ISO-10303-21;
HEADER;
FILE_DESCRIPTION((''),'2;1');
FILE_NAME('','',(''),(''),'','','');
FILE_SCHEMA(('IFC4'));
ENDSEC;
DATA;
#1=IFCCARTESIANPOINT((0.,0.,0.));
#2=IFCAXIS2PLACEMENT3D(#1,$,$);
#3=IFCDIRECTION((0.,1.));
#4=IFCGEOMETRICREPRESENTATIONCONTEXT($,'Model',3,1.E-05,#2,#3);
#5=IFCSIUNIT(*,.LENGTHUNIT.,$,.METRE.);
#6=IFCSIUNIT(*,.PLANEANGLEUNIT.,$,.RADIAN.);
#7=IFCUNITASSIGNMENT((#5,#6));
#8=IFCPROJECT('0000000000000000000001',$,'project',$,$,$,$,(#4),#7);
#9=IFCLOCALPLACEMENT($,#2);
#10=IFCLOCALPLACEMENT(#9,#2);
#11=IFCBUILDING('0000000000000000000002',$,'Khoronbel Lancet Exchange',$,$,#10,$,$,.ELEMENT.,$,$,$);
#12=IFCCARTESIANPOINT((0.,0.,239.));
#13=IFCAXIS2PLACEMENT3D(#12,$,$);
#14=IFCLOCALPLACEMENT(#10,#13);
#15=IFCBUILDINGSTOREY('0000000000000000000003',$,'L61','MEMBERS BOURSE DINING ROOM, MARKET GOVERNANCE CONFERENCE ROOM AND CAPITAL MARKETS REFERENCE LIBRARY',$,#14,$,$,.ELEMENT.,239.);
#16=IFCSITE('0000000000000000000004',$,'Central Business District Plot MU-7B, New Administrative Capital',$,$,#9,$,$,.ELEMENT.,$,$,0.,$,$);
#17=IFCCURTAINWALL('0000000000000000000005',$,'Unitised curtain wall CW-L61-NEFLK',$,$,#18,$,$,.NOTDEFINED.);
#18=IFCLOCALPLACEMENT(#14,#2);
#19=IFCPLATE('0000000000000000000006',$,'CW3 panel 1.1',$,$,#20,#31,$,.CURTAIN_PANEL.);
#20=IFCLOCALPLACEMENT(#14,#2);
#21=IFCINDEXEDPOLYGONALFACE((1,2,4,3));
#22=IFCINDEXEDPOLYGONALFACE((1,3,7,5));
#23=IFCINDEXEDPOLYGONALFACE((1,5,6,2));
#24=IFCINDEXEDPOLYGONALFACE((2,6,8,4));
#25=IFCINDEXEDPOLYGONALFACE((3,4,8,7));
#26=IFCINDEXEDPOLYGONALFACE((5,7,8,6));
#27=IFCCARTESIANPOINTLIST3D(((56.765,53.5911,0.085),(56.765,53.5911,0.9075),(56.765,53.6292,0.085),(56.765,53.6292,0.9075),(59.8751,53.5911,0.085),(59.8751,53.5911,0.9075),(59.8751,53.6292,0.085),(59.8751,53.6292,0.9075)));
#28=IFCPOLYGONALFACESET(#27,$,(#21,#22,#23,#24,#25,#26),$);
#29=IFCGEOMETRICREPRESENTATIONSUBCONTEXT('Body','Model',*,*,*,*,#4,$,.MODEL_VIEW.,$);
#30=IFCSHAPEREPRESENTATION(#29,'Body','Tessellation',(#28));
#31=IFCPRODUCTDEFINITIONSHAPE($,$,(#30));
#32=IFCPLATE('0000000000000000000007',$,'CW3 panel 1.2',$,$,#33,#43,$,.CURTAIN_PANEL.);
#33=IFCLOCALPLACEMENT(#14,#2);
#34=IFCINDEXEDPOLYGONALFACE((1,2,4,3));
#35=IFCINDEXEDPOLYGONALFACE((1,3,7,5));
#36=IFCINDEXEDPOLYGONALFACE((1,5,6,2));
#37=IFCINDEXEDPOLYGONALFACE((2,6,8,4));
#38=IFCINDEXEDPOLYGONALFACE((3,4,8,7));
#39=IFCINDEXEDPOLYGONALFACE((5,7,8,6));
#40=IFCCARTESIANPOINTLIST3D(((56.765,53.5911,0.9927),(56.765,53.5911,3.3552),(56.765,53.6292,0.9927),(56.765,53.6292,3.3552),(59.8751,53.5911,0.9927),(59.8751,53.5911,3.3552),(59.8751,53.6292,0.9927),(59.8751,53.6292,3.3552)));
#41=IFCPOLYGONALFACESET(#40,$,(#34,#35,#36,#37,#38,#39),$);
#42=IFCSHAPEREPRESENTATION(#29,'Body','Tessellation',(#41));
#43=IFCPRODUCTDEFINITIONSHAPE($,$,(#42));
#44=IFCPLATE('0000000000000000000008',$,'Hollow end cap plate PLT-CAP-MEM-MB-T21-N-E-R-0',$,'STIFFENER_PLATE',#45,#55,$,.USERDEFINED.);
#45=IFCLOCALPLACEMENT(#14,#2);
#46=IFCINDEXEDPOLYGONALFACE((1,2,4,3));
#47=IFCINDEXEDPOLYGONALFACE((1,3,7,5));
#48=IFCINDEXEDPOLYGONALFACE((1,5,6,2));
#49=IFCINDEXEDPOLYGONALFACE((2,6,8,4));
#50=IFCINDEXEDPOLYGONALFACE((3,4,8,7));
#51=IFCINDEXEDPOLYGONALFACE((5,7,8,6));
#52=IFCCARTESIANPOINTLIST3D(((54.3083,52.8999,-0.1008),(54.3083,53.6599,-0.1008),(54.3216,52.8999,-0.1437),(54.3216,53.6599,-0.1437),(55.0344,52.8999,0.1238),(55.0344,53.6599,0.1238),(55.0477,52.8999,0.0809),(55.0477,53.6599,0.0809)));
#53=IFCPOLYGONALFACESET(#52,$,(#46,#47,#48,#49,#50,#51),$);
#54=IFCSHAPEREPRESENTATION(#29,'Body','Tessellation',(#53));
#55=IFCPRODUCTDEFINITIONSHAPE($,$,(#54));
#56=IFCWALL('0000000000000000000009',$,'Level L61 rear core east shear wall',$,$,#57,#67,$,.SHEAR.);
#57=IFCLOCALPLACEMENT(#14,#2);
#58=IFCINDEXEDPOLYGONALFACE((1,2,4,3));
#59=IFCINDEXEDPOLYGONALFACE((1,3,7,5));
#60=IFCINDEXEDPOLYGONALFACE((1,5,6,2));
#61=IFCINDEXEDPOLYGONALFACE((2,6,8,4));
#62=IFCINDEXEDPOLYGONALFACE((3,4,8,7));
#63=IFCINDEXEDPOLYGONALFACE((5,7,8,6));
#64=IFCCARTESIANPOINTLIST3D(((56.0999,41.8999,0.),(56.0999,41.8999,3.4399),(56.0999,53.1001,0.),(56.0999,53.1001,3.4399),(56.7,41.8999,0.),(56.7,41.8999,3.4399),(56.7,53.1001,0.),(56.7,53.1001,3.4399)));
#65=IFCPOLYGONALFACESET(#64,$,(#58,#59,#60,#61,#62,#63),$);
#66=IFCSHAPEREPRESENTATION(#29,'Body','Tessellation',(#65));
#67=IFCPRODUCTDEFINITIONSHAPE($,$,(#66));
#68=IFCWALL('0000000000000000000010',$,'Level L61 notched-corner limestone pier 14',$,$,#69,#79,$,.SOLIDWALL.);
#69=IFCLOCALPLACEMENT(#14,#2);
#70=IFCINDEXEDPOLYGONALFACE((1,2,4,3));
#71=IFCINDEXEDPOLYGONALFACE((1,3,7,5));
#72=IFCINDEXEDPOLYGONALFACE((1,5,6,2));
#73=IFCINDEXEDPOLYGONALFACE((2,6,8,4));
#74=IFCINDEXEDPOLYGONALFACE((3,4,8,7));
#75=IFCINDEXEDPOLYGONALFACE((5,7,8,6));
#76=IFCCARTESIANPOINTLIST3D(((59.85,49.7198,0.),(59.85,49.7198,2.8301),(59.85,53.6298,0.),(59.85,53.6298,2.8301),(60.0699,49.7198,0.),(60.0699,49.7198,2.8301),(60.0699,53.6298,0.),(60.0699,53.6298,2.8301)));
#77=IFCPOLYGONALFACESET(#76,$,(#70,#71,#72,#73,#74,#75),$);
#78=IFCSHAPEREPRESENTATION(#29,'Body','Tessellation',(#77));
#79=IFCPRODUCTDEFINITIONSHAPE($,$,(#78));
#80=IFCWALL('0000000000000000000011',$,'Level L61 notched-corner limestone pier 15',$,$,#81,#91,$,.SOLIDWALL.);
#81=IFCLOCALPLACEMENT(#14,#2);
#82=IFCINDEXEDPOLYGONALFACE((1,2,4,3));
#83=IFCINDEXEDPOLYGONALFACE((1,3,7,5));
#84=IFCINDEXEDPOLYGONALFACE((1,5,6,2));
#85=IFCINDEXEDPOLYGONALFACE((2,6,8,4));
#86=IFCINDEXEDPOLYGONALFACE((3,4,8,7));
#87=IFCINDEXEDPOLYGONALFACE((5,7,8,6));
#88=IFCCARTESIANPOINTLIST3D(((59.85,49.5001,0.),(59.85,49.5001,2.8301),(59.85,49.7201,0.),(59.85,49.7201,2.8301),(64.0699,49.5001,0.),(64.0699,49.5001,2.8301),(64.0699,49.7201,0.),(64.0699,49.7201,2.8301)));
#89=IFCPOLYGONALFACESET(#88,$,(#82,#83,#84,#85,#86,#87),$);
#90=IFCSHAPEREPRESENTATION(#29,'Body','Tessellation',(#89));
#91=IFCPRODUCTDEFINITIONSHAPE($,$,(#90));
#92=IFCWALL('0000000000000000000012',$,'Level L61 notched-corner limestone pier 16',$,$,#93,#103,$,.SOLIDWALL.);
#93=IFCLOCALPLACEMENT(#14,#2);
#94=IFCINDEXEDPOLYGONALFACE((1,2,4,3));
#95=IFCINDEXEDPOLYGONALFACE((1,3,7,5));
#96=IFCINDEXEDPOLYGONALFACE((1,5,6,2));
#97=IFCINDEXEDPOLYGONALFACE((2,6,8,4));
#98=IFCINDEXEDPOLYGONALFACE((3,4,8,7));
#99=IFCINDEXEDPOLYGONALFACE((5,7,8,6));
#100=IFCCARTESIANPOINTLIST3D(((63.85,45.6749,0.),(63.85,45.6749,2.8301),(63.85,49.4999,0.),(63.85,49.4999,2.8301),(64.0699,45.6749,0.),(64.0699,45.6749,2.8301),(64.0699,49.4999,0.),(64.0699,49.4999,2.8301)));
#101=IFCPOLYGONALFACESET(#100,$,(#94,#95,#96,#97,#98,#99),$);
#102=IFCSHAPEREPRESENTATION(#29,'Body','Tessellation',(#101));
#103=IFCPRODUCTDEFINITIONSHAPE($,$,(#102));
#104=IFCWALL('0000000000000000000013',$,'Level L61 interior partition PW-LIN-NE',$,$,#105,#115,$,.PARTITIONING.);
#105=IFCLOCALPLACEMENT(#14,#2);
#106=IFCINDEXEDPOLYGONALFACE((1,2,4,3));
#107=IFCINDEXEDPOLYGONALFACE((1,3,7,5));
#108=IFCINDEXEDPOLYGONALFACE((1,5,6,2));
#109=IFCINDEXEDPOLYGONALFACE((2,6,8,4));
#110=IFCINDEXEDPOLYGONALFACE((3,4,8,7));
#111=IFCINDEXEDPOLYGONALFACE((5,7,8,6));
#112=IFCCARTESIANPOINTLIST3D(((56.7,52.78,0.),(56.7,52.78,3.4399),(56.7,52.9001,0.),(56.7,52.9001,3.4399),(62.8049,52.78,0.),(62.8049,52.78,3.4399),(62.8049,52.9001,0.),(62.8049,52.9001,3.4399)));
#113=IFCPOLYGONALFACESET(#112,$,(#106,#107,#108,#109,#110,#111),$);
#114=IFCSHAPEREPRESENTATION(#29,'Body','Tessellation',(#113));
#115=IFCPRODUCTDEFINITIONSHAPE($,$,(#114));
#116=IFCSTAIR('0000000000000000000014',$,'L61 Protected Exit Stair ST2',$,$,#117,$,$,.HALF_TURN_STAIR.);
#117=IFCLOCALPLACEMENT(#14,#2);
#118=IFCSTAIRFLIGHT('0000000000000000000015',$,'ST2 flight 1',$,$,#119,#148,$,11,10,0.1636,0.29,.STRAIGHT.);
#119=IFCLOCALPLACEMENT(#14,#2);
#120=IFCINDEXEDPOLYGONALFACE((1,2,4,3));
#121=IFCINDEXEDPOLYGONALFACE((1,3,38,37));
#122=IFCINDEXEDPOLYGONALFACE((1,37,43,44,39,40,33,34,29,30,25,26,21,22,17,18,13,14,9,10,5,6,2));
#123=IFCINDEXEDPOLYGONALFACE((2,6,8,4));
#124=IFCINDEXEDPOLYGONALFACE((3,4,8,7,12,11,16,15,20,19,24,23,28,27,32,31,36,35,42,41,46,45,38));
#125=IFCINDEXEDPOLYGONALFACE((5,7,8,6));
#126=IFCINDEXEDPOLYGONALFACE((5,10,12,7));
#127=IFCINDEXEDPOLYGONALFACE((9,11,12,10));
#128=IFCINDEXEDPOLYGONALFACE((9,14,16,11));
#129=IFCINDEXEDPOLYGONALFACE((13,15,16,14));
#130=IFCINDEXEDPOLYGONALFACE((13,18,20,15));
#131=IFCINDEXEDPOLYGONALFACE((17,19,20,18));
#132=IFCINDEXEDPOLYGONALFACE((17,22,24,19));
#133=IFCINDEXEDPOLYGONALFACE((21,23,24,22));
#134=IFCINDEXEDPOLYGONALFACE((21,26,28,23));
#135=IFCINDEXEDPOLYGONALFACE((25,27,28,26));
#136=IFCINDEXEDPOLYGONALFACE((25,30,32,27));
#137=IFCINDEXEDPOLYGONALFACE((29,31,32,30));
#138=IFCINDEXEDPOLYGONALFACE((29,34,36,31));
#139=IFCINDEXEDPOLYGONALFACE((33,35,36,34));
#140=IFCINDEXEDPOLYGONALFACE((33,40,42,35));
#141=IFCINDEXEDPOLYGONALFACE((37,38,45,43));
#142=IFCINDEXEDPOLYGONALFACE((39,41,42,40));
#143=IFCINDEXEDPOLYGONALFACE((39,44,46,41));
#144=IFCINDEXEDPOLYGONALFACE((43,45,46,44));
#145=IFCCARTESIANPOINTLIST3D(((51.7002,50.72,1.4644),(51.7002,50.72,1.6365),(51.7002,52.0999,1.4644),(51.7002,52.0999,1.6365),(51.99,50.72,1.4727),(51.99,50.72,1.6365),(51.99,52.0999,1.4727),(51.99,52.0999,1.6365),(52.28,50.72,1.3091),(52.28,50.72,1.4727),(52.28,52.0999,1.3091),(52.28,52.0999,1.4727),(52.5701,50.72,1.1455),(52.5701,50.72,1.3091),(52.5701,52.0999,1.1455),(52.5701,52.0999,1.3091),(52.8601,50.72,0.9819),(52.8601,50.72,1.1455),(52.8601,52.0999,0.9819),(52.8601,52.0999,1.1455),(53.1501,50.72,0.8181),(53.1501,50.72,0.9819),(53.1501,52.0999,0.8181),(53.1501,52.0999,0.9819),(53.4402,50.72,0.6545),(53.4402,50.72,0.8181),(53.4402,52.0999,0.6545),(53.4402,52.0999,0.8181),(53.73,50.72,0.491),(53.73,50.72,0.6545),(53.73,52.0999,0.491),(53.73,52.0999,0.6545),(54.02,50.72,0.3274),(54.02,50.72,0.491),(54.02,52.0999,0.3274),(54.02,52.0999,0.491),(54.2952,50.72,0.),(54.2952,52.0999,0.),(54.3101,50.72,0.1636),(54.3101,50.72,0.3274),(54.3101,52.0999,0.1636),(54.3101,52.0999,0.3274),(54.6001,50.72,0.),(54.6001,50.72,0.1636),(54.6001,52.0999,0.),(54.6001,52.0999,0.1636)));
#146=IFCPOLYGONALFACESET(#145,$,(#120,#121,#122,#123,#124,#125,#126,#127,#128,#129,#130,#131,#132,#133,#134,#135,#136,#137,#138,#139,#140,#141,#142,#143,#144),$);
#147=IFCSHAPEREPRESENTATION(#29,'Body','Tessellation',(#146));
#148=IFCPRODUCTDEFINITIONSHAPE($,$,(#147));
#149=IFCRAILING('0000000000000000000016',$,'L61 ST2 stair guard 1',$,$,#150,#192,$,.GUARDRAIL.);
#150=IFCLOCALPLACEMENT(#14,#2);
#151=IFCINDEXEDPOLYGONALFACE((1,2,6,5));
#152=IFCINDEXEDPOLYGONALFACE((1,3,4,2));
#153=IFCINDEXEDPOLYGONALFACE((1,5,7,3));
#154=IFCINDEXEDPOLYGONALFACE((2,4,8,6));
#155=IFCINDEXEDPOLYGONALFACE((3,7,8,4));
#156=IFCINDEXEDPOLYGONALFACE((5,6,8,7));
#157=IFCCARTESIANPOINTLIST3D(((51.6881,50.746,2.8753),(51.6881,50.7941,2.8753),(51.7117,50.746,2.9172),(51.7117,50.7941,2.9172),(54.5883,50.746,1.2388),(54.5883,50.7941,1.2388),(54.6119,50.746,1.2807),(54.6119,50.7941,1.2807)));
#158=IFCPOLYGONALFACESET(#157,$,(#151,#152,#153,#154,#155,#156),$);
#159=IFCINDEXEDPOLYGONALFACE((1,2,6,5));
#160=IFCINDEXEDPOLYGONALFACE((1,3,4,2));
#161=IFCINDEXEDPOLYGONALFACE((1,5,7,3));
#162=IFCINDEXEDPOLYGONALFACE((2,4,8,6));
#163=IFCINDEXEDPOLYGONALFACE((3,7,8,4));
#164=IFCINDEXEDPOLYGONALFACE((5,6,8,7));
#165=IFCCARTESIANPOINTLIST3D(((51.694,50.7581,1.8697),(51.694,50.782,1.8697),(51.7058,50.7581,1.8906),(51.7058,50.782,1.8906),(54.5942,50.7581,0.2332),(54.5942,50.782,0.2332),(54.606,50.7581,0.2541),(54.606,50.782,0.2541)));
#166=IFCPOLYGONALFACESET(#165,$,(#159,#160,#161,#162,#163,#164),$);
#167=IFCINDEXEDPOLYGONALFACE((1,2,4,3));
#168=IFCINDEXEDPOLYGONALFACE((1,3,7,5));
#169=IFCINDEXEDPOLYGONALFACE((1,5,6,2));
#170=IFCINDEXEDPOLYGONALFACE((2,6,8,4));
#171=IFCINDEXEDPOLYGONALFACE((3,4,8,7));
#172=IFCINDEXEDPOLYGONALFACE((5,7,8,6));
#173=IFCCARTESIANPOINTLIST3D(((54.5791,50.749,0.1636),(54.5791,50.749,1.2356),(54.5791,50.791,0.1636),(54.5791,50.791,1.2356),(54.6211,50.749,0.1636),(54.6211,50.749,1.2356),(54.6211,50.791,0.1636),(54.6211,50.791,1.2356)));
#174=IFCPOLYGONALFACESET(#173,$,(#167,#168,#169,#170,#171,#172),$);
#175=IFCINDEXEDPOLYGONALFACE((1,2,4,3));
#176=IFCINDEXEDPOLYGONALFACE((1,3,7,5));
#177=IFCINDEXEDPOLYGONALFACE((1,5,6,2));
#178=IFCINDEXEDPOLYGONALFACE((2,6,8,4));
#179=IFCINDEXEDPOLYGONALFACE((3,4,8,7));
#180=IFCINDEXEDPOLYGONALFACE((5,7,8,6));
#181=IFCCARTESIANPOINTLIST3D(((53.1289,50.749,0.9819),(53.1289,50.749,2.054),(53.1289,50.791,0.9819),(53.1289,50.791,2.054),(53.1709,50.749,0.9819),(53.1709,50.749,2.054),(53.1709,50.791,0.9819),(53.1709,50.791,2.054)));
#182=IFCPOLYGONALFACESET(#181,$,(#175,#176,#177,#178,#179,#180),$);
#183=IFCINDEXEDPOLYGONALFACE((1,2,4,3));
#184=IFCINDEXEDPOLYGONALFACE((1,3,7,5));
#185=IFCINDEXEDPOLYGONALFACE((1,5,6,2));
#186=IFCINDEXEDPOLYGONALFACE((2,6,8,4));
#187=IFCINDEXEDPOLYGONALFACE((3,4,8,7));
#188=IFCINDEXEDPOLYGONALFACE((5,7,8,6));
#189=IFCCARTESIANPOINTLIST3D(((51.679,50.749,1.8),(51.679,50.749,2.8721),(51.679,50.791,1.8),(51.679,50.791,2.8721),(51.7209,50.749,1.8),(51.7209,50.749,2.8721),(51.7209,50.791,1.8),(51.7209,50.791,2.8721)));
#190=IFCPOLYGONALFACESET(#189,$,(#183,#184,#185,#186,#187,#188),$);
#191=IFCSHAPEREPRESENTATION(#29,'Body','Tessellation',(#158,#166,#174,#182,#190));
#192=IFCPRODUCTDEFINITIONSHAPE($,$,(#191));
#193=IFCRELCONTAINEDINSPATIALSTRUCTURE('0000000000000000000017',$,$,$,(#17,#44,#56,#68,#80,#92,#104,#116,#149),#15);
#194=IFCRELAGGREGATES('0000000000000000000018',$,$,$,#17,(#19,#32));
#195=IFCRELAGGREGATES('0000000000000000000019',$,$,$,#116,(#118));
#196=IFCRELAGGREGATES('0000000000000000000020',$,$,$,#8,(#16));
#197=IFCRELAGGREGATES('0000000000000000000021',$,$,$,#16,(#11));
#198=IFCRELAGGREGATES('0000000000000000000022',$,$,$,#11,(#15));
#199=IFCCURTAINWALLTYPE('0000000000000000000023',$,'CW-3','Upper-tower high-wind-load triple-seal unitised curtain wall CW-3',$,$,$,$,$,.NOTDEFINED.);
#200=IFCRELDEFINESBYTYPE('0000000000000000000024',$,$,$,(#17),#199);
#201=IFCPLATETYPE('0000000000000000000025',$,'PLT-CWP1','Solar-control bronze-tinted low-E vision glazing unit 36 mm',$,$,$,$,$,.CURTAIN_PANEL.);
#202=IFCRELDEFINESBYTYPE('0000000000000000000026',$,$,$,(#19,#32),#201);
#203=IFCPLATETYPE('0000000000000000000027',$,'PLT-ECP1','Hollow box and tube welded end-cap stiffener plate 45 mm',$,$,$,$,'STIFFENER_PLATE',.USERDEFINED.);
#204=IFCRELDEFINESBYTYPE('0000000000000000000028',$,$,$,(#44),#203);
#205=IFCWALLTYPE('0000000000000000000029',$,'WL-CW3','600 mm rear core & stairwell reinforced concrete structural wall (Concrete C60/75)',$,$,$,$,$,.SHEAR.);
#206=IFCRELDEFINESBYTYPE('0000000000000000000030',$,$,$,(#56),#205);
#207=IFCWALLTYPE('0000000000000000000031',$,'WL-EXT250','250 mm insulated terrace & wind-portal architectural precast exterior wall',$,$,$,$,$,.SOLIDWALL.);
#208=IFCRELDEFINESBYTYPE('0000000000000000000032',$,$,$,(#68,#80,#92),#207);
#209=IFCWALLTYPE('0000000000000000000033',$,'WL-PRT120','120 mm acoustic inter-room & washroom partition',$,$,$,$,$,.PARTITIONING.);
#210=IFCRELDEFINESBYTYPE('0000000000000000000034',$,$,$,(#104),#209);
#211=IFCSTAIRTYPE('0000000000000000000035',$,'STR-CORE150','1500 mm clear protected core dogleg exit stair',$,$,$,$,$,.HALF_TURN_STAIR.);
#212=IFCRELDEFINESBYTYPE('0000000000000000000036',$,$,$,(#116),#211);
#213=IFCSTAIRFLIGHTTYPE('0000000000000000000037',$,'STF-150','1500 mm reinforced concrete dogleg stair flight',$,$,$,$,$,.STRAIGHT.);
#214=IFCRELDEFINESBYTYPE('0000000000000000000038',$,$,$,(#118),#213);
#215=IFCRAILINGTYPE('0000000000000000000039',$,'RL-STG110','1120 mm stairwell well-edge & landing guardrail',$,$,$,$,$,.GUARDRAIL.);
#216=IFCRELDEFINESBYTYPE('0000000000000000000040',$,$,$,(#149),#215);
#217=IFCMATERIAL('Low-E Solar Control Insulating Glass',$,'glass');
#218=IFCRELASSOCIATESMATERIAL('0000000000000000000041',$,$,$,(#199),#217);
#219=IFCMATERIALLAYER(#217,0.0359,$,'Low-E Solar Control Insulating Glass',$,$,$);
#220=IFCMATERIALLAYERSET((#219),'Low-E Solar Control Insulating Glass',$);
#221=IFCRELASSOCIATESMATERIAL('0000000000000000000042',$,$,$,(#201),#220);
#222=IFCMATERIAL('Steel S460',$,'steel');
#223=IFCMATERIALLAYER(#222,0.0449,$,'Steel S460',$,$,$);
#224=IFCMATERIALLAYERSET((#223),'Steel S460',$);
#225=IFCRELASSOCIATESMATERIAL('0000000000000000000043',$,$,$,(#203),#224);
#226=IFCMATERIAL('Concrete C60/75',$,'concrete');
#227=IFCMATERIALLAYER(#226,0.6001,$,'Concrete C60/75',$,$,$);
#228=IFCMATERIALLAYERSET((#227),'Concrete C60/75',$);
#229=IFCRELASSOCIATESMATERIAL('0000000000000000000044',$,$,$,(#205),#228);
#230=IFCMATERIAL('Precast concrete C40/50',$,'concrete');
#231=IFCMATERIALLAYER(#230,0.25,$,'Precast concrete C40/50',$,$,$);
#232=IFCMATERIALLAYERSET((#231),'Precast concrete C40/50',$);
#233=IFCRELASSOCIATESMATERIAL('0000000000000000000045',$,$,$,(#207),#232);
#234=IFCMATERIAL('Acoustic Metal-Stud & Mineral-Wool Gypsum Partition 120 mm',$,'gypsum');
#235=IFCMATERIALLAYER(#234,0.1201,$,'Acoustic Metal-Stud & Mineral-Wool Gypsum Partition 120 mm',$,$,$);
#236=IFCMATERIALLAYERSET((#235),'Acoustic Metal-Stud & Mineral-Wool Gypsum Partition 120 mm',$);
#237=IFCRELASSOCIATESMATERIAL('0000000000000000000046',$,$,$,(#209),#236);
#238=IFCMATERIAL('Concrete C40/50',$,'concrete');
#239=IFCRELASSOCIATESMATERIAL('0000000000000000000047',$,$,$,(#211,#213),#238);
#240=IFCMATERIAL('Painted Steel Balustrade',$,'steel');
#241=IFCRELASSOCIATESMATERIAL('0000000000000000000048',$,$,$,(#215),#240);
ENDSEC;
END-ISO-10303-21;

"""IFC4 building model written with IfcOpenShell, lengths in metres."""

from ifc_helpers import new_model, si_unit, direction, frame, frame_2d, origin, origin_2d, place, context, subcontext, project, spatial, polyline, rectangle, outline, extrude, material, layer, layer_set, type_object, element, aggregate, save


model = new_model("IFC4")

# Units and contexts
model_context = context("Model", 3, precision=1e-05, world=origin(), true_north=direction((0.0, 1.0)))
body_context = subcontext(model_context, "Body", "Model", "MODEL_VIEW")
ifc_project = project(units=[si_unit("LENGTHUNIT", "METRE"), si_unit("PLANEANGLEUNIT", "RADIAN")], contexts=[model_context])

# Site, building, storey
site_placement = place(None, origin())
site = spatial("IfcSite", under=ifc_project, at=site_placement, Name="Central Business District Plot MU-7B, New Administrative Capital", CompositionType="ELEMENT", RefElevation=0.0)
building_placement = place(site_placement, origin())
building = spatial("IfcBuilding", under=site, at=building_placement, Name="Khoronbel Lancet Exchange", CompositionType="ELEMENT")
storey_placement = place(building_placement, frame((0.0, 0.0, 239.0)))
storey = spatial("IfcBuildingStorey", under=building, at=storey_placement, Name="L61", Description="MEMBERS BOURSE DINING ROOM, MARKET GOVERNANCE CONFERENCE ROOM AND CAPITAL MARKETS REFERENCE LIBRARY", CompositionType="ELEMENT", Elevation=239.0)

# Shared definitions
ifc_material_1 = material(Name="Steel S460", Category="steel")

# Curtain wall
ifc_material_2 = material(Name="Low-E Solar Control Insulating Glass", Category="glass")
curtain_wall_type = type_object("IfcCurtainWallType", Name="CW-3", Description="Upper-tower high-wind-load triple-seal unitised curtain wall CW-3", PredefinedType="NOTDEFINED", material=ifc_material_2)
curtain_wall_placement = place(storey_placement, origin())
curtain_wall = element("IfcCurtainWall", 1, at=curtain_wall_placement, inside=storey, type_object=curtain_wall_type, Name="Unitised curtain wall CW-L61-NEFLK", PredefinedType="NOTDEFINED")

# Plates
ifc_layer_1 = layer(ifc_material_2, 0.0359, Name="Low-E Solar Control Insulating Glass")
ifc_layer_set_1 = layer_set([ifc_layer_1], Name="Low-E Solar Control Insulating Glass")
plate_type_1 = type_object("IfcPlateType", Name="PLT-CWP1", Description="Solar-control bronze-tinted low-E vision glazing unit 36 mm", PredefinedType="CURTAIN_PANEL", material=ifc_layer_set_1)
plate_1_placement = place(storey_placement, frame((58.3201, 53.6101, 0.085), z_axis=(0.0, 0.0, 1.0), x_axis=(-1.0, 0.0, 0.0)))
plate_1 = element("IfcPlate", 2, at=plate_1_placement, type_object=plate_type_1, Name="CW3 panel 1.1", PredefinedType="CURTAIN_PANEL", context=body_context, shape_type="SweptSolid", body=[
    extrude(rectangle(XDim=3.1101, YDim=0.0381, at=origin_2d()), origin(), (0.0, 0.0, 1.0), 0.8225),
])
plate_2_placement = place(storey_placement, frame((58.3201, 53.6101, 0.9927), z_axis=(0.0, 0.0, 1.0), x_axis=(-1.0, 0.0, 0.0)))
plate_2 = element("IfcPlate", 3, at=plate_2_placement, type_object=plate_type_1, Name="CW3 panel 1.2", PredefinedType="CURTAIN_PANEL", context=body_context, shape_type="SweptSolid", body=[
    extrude(rectangle(XDim=3.1101, YDim=0.0381, at=origin_2d()), origin(), (0.0, 0.0, 1.0), 2.3625),
])
aggregate(curtain_wall, [plate_1, plate_2])
ifc_layer_2 = layer(ifc_material_1, 0.0449, Name="Steel S460")
ifc_layer_set_2 = layer_set([ifc_layer_2], Name="Steel S460")
plate_type_2 = type_object("IfcPlateType", Name="PLT-ECP1", Description="Hollow box and tube welded end-cap stiffener plate 45 mm", ElementType="STIFFENER_PLATE", PredefinedType="USERDEFINED", material=ifc_layer_set_2)
plate_3_placement = place(storey_placement, frame((54.3083, 53.6599, -0.1008), z_axis=(-0.29553, 0.0, 0.955333), x_axis=(0.0, -1.0, 0.0)))
element("IfcPlate", 4, at=plate_3_placement, inside=storey, type_object=plate_type_2, Name="Hollow end cap plate PLT-CAP-MEM-MB-T21-N-E-R-0", ObjectType="STIFFENER_PLATE", PredefinedType="USERDEFINED", context=body_context, shape_type="SweptSolid", body=[
    extrude(outline(polyline([(0.0, 0.0), (0.76, 0.0), (0.76, 0.76), (0.0, 0.76), (0.0, 0.0)])), origin(), (0.0, 0.0, -1.0), 0.0449),
])

# Walls
ifc_material_3 = material(Name="Concrete C60/75", Category="concrete")
ifc_layer_3 = layer(ifc_material_3, 0.6001, Name="Concrete C60/75")
ifc_layer_set_3 = layer_set([ifc_layer_3], Name="Concrete C60/75")
wall_type_1 = type_object("IfcWallType", Name="WL-CW3", Description="600 mm rear core & stairwell reinforced concrete structural wall (Concrete C60/75)", PredefinedType="SHEAR", material=ifc_layer_set_3)
wall_1_placement = place(storey_placement, frame((56.3999, 53.1001, 0.0), z_axis=(0.0, 0.0, 1.0), x_axis=(0.0, -1.0, 0.0)))
element("IfcWall", 5, at=wall_1_placement, inside=storey, type_object=wall_type_1, Name="Level L61 rear core east shear wall", PredefinedType="SHEAR", context=body_context, shape_type="SweptSolid", body=[
    extrude(rectangle(XDim=11.2002, YDim=0.6001, at=frame_2d((5.6001, 0.0))), origin(), (0.0, 0.0, 1.0), 3.4399),
])
ifc_material_4 = material(Name="Precast concrete C40/50", Category="concrete")
ifc_layer_4 = layer(ifc_material_4, 0.25, Name="Precast concrete C40/50")
ifc_layer_set_4 = layer_set([ifc_layer_4], Name="Precast concrete C40/50")
wall_type_2 = type_object("IfcWallType", Name="WL-EXT250", Description="250 mm insulated terrace & wind-portal architectural precast exterior wall", PredefinedType="SOLIDWALL", material=ifc_layer_set_4)
wall_2_placement = place(storey_placement, frame((59.96, 53.6299, 0.0), z_axis=(0.0, 0.0, 1.0), x_axis=(0.0, -1.0, 0.0)))
element("IfcWall", 6, at=wall_2_placement, inside=storey, type_object=wall_type_2, Name="Level L61 notched-corner limestone pier 14", PredefinedType="SOLIDWALL", context=body_context, shape_type="SweptSolid", body=[
    extrude(rectangle(XDim=3.9099, YDim=0.22, at=frame_2d((1.9551, 0.0))), origin(), (0.0, 0.0, 1.0), 2.8301),
])
wall_3_placement = place(storey_placement, frame((59.8501, 49.6101, 0.0), z_axis=(0.0, 0.0, 1.0), x_axis=(1.0, 0.0, 0.0)))
element("IfcWall", 7, at=wall_3_placement, inside=storey, type_object=wall_type_2, Name="Level L61 notched-corner limestone pier 15", PredefinedType="SOLIDWALL", context=body_context, shape_type="SweptSolid", body=[
    extrude(rectangle(XDim=4.22, YDim=0.22, at=frame_2d((2.1099, 0.0))), origin(), (0.0, 0.0, 1.0), 2.8301),
])
wall_4_placement = place(storey_placement, frame((63.96, 49.5, 0.0), z_axis=(0.0, 0.0, 1.0), x_axis=(0.0, -1.0, 0.0)))
element("IfcWall", 8, at=wall_4_placement, inside=storey, type_object=wall_type_2, Name="Level L61 notched-corner limestone pier 16", PredefinedType="SOLIDWALL", context=body_context, shape_type="SweptSolid", body=[
    extrude(rectangle(XDim=3.825, YDim=0.22, at=frame_2d((1.9126, 0.0))), origin(), (0.0, 0.0, 1.0), 2.8301),
])
ifc_material_5 = material(Name="Acoustic Metal-Stud & Mineral-Wool Gypsum Partition 120 mm", Category="gypsum")
ifc_layer_5 = layer(ifc_material_5, 0.1201, Name="Acoustic Metal-Stud & Mineral-Wool Gypsum Partition 120 mm")
ifc_layer_set_5 = layer_set([ifc_layer_5], Name="Acoustic Metal-Stud & Mineral-Wool Gypsum Partition 120 mm")
wall_type_3 = type_object("IfcWallType", Name="WL-PRT120", Description="120 mm acoustic inter-room & washroom partition", PredefinedType="PARTITIONING", material=ifc_layer_set_5)
wall_5_placement = place(storey_placement, frame((56.7, 52.8401, 0.0), z_axis=(0.0, 0.0, 1.0), x_axis=(1.0, 0.0, 0.0)))
element("IfcWall", 9, at=wall_5_placement, inside=storey, type_object=wall_type_3, Name="Level L61 interior partition PW-LIN-NE", PredefinedType="PARTITIONING", context=body_context, shape_type="SweptSolid", body=[
    extrude(rectangle(XDim=6.105, YDim=0.1201, at=frame_2d((3.0525, 0.0))), origin(), (0.0, 0.0, 1.0), 3.4399),
])

# Stair, stair flight
ifc_material_6 = material(Name="Concrete C40/50", Category="concrete")
stair_type = type_object("IfcStairType", Name="STR-CORE150", Description="1500 mm clear protected core dogleg exit stair", PredefinedType="HALF_TURN_STAIR", material=ifc_material_6)
stair_placement = place(storey_placement, origin())
stair = element("IfcStair", 10, at=stair_placement, inside=storey, type_object=stair_type, Name="L61 Protected Exit Stair ST2", PredefinedType="HALF_TURN_STAIR")
stair_flight_type = type_object("IfcStairFlightType", Name="STF-150", Description="1500 mm reinforced concrete dogleg stair flight", PredefinedType="STRAIGHT", material=ifc_material_6)
stair_flight_placement = place(storey_placement, frame((54.6001, 51.4099, 0.0), z_axis=(0.0, 0.0, 1.0), x_axis=(-1.0, 0.0, 0.0)))
stair_flight = element("IfcStairFlight", 11, at=stair_flight_placement, type_object=stair_flight_type, Name="ST2 flight 1", NumberOfRisers=11, NumberOfTreads=10, PredefinedType="STRAIGHT", RiserHeight=0.1636, TreadLength=0.29, context=body_context, shape_type="SweptSolid", body=[
    extrude(outline(polyline([(0.0, 0.0), (0.0, 0.1636), (0.29, 0.1636), (0.29, 0.3274), (0.5801, 0.3274), (0.5801, 0.491), (0.8701, 0.491), (0.8701, 0.6545), (1.1599, 0.6545), (1.1599, 0.8181), (1.45, 0.8181), (1.45, 0.9819), (1.74, 0.9819), (1.74, 1.1455), (2.03, 1.1455), (2.03, 1.3091), (2.3201, 1.3091), (2.3201, 1.4727), (2.6101, 1.4727), (2.6101, 1.6365), (2.8999, 1.6365), (2.8999, 1.8), (2.8999, 1.4644), (0.3049, 0.0), (0.0, 0.0)])), frame((0.0, 0.6899, 0.0), z_axis=(0.0, -1.0, 0.0), x_axis=(1.0, 0.0, 0.0)), (0.0, 0.0, 1.0), 1.3799),
])
aggregate(stair, [stair_flight])

# Railing
ifc_material_7 = material(Name="Painted Steel Balustrade", Category="steel")
railing_type_1 = type_object("IfcRailingType", Name="RL-STG110", Description="1120 mm stairwell well-edge & landing guardrail", PredefinedType="GUARDRAIL", material=ifc_material_7)
railing_1_placement = place(storey_placement, frame((54.6001, 50.77, 0.1636)))
element("IfcRailing", 12, at=railing_1_placement, inside=storey, type_object=railing_type_1, Name="L61 ST2 stair guard 1", PredefinedType="GUARDRAIL", context=body_context, shape_type="SweptSolid", body=[
    extrude(rectangle(XDim=0.0481, YDim=0.0481, at=origin_2d()), frame((0.0, 0.0, 1.0962), z_axis=(-0.870915, 0.0, 0.491434), x_axis=(0.0, -1.0, 0.0)), (0.0, 0.0, 1.0), 3.3301),
    extrude(rectangle(XDim=0.0239, YDim=0.0239, at=origin_2d()), frame((0.0, 0.0, 0.0801), z_axis=(-0.870915, 0.0, 0.491434), x_axis=(0.0, -1.0, 0.0)), (0.0, 0.0, 1.0), 3.3301),
    extrude(rectangle(XDim=0.042, YDim=0.042, at=origin_2d()), origin(), (0.0, 0.0, 1.0), 1.072),
    extrude(rectangle(XDim=0.042, YDim=0.042, at=origin_2d()), frame((-1.4502, 0.0, 0.8184)), (0.0, 0.0, 1.0), 1.072),
    extrude(rectangle(XDim=0.042, YDim=0.042, at=origin_2d()), frame((-2.9001, 0.0, 1.6365)), (0.0, 0.0, 1.0), 1.072),
])

save(model, "model.ifc")
